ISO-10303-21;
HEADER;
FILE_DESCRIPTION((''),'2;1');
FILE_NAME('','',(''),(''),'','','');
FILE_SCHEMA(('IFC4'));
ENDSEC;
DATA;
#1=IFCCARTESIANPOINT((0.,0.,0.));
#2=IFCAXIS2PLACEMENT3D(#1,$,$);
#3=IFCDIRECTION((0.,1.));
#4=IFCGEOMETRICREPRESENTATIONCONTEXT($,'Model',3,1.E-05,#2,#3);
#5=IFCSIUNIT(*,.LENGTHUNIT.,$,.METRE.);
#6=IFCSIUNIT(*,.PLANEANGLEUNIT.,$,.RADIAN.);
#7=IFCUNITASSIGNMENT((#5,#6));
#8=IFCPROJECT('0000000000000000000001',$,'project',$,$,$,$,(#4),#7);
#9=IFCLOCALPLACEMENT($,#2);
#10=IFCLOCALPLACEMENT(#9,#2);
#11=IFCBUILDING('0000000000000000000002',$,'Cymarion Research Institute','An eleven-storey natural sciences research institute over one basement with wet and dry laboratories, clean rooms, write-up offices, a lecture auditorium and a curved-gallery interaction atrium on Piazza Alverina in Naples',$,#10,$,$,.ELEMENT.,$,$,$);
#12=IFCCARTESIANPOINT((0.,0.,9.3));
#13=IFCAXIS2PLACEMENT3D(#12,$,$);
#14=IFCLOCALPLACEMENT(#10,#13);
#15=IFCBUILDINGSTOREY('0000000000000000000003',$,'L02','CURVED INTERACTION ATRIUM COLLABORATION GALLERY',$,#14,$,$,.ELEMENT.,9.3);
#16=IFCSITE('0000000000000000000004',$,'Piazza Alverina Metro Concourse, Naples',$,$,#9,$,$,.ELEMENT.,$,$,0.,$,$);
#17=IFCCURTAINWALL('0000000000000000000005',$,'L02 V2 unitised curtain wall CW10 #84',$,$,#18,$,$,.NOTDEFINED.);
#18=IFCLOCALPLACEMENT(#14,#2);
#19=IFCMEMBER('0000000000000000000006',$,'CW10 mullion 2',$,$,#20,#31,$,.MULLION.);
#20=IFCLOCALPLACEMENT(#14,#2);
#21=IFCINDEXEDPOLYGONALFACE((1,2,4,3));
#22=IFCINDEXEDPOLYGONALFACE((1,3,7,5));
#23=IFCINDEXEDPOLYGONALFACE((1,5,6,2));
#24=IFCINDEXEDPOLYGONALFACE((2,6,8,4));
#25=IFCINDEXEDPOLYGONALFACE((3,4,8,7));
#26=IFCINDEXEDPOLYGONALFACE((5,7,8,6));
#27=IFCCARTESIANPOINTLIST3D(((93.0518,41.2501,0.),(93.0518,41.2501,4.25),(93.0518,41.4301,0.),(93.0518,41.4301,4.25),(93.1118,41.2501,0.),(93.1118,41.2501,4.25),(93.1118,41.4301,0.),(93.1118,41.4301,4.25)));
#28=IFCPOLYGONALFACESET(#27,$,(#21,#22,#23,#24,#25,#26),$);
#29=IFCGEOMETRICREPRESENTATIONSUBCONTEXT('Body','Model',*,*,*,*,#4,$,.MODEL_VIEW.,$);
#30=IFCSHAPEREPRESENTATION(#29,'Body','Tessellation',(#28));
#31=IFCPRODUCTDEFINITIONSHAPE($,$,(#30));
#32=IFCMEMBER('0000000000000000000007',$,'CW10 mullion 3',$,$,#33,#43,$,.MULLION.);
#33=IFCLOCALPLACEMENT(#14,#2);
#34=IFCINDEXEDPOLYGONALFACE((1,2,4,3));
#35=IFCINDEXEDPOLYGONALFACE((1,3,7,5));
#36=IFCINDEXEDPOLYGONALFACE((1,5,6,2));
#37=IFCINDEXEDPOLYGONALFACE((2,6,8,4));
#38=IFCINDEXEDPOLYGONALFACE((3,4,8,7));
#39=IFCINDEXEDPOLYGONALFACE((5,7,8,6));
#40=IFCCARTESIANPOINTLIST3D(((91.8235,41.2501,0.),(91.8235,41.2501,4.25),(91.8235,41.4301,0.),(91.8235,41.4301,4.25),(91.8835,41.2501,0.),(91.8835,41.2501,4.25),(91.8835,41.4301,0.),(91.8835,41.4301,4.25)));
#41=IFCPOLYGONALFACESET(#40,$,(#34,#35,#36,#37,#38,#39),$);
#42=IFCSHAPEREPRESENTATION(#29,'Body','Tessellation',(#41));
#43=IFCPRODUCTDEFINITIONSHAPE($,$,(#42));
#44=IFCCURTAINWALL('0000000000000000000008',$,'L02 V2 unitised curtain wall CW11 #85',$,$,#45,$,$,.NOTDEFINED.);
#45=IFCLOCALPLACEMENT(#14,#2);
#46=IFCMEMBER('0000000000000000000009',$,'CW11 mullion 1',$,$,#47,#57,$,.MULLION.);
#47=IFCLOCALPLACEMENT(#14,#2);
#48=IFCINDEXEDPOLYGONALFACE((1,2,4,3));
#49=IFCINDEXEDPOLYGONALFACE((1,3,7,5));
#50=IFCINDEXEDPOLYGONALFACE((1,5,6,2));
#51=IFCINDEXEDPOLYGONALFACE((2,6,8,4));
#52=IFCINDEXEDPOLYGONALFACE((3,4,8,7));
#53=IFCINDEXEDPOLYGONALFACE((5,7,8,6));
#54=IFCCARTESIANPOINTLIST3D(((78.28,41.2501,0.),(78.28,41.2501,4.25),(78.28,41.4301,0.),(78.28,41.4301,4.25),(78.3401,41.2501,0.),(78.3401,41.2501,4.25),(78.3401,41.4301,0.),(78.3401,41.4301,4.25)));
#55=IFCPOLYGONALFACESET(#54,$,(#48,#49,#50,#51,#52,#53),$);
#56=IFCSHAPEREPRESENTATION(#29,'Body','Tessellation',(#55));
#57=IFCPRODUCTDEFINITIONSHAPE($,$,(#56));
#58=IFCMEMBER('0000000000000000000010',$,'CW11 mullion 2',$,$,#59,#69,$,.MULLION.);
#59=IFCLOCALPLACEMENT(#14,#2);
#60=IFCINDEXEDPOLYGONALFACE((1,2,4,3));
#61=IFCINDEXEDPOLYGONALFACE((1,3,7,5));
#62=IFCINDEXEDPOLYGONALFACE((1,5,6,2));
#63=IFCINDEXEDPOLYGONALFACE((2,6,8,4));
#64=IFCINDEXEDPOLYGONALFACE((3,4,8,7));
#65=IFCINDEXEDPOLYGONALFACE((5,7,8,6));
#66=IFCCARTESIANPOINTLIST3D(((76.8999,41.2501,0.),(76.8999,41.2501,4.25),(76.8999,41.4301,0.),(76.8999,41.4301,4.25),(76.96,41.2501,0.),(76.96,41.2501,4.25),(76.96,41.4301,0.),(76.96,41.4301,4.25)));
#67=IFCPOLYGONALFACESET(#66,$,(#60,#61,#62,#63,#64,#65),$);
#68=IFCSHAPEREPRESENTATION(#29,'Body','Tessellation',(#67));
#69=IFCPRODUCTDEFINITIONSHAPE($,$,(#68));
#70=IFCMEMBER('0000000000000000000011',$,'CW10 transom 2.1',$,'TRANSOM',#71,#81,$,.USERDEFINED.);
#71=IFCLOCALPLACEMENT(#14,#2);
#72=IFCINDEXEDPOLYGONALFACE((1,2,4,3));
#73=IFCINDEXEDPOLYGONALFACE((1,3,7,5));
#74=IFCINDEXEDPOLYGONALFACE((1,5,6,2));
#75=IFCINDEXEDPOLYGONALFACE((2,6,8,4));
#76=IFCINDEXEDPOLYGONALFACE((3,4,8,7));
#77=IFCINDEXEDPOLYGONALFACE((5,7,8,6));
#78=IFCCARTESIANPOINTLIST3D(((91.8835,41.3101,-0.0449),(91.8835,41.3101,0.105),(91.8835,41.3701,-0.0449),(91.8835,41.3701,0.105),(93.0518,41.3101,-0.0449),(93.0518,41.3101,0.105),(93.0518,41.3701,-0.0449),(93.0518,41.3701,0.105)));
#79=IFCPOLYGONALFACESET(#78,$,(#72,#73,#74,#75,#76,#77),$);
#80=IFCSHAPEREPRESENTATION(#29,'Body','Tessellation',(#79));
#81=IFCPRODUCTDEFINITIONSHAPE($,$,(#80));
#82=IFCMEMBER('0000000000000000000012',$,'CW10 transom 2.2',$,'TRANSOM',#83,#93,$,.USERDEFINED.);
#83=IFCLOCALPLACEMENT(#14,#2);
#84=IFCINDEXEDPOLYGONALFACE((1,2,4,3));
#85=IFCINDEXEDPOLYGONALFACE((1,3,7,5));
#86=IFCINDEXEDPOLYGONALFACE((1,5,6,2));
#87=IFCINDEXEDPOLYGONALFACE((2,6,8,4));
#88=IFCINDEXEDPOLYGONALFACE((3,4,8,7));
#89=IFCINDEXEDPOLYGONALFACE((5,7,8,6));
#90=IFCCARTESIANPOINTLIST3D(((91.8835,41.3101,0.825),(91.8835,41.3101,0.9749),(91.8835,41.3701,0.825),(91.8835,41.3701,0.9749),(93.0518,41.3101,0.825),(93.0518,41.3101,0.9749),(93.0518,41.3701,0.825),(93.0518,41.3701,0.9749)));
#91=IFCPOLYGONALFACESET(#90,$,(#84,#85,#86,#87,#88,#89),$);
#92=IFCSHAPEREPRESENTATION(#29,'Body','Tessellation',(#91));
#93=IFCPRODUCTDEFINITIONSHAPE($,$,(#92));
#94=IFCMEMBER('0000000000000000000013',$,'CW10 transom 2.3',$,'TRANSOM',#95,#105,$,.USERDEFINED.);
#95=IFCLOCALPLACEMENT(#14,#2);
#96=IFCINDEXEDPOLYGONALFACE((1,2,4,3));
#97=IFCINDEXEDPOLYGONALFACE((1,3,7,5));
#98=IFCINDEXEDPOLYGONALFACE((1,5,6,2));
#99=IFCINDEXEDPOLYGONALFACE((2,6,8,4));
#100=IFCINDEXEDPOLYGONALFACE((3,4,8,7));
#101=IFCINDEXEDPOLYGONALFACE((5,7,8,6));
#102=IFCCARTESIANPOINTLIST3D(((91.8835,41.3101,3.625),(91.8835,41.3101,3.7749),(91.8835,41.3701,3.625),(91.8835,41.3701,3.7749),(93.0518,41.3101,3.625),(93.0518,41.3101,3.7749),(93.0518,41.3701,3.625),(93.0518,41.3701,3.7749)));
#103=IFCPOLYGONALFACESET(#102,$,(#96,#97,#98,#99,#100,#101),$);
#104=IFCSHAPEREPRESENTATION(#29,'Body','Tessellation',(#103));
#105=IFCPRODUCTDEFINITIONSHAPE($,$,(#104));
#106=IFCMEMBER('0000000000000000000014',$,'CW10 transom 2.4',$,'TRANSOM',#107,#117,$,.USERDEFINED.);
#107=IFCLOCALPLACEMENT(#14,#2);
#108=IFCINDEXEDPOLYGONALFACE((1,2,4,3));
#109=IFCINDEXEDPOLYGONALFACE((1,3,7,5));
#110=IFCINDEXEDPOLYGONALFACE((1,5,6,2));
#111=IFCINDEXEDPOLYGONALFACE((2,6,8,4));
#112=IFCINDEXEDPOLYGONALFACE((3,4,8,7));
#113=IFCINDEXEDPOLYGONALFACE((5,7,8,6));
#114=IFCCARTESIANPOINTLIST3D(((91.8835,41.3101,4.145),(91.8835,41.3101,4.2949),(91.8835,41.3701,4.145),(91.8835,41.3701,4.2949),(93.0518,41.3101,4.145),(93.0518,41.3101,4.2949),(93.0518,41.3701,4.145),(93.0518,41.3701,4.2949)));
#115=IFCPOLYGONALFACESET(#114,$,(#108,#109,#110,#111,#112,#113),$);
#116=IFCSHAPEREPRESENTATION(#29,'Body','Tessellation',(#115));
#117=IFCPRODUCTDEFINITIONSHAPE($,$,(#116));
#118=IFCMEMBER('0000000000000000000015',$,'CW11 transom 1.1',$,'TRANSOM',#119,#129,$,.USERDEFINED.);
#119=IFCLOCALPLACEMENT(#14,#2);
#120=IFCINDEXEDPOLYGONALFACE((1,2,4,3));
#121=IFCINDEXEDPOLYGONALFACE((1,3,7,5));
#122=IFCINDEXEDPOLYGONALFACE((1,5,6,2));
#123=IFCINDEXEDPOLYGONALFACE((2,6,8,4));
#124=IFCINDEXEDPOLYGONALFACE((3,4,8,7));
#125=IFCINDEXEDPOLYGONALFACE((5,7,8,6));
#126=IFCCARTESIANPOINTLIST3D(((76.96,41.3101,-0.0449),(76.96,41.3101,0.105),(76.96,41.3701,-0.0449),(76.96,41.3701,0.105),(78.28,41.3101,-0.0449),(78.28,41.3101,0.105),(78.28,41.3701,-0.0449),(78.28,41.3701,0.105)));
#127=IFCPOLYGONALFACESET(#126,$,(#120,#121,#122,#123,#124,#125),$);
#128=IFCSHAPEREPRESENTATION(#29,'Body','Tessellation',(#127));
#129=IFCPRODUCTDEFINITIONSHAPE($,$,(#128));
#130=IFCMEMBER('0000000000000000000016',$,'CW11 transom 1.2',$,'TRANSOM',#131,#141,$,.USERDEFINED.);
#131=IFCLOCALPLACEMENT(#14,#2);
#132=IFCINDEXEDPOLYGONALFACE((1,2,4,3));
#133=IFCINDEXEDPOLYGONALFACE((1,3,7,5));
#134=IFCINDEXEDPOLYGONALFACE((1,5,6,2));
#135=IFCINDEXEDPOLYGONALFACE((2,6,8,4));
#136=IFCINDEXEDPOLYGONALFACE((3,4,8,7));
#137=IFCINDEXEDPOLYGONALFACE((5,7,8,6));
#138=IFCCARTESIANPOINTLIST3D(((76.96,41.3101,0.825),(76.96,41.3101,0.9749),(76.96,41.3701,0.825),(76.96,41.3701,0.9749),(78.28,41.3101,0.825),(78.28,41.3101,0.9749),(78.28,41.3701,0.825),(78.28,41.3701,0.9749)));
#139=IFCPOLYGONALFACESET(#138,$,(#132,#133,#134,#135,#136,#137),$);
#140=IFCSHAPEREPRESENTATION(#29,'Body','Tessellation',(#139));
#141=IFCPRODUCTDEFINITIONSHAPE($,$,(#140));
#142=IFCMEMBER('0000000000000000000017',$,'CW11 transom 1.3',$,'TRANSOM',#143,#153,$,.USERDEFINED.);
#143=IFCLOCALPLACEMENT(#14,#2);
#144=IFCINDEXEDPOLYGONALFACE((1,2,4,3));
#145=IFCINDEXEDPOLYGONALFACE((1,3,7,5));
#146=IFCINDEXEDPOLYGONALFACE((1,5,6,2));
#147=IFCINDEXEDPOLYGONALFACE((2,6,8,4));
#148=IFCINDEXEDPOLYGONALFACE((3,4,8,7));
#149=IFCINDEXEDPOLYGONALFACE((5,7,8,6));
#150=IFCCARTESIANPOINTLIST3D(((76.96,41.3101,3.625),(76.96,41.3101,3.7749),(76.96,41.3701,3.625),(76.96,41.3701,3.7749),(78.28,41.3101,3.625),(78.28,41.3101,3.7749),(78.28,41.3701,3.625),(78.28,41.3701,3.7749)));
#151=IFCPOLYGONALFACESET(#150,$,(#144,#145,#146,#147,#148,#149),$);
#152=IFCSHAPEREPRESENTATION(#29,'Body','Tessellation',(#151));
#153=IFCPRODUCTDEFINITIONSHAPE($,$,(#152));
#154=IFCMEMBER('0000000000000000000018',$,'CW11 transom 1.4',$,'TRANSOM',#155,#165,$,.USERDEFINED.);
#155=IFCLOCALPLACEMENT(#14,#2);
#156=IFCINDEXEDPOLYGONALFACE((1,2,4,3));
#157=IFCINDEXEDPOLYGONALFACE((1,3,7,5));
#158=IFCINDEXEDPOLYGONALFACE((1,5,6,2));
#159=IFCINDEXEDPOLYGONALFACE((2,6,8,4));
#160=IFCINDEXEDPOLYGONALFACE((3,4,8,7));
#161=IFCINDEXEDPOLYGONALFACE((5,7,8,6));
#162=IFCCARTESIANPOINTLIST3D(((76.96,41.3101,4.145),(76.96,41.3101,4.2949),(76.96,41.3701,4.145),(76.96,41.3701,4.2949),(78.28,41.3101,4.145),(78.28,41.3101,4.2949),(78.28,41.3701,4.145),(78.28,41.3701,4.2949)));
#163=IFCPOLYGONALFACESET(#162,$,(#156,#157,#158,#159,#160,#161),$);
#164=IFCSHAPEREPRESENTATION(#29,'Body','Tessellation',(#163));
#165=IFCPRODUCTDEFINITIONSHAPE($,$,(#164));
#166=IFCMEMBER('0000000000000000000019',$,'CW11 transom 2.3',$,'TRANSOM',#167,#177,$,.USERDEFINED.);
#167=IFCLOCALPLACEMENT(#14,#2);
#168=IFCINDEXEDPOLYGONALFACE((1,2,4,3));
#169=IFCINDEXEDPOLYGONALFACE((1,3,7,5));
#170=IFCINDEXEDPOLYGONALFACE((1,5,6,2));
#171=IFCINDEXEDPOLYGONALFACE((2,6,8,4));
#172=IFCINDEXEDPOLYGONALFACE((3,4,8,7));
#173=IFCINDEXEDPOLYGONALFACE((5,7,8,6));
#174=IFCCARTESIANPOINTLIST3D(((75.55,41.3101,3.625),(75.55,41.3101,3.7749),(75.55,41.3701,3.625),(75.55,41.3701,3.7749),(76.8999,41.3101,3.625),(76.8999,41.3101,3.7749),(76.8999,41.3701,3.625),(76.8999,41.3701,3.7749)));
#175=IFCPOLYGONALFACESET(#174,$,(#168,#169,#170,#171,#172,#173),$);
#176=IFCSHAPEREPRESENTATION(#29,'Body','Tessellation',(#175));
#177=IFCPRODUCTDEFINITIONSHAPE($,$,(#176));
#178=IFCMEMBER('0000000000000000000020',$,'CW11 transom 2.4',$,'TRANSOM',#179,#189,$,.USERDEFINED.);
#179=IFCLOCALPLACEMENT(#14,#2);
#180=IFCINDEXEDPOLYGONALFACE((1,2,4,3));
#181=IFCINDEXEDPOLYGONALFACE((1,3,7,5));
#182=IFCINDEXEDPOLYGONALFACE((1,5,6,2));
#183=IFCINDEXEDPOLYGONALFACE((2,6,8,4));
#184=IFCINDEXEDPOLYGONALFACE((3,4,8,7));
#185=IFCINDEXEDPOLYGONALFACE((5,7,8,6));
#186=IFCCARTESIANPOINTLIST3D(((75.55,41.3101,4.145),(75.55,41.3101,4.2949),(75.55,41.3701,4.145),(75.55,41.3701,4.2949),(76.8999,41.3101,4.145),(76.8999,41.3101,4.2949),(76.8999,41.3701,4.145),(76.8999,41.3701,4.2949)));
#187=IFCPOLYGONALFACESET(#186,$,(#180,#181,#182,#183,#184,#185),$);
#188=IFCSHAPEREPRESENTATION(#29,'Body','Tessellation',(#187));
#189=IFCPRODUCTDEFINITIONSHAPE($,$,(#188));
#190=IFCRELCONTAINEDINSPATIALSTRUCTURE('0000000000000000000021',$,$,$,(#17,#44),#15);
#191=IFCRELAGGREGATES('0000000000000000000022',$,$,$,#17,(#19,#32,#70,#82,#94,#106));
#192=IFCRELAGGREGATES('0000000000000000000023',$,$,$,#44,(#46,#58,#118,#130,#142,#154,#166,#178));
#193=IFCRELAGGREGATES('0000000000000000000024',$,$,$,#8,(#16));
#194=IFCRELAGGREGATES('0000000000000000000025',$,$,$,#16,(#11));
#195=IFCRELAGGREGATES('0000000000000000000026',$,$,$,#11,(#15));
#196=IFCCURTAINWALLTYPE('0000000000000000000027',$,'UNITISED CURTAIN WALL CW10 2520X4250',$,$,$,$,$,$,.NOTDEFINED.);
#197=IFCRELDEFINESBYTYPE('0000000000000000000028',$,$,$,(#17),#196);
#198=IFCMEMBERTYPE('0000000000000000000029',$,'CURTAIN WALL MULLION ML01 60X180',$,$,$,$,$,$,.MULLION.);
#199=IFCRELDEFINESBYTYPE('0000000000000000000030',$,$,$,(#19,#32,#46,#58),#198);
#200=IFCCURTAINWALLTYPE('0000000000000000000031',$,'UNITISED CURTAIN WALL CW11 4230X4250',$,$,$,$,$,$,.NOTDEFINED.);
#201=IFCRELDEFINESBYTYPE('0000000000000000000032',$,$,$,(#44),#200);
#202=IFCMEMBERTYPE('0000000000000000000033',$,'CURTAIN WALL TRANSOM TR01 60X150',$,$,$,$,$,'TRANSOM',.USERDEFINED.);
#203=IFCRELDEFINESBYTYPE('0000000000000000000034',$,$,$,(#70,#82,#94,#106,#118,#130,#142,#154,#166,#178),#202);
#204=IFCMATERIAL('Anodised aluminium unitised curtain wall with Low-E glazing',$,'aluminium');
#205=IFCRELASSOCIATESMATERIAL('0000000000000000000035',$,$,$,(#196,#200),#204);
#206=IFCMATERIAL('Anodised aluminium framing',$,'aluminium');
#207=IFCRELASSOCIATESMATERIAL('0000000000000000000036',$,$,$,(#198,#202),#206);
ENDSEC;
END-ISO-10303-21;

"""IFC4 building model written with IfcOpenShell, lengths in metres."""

from ifc_helpers import new_model, si_unit, direction, frame, origin, origin_2d, place, context, subcontext, project, spatial, rectangle, extrude, material, material_profile, profile_set, type_object, element, aggregate, save


model = new_model("IFC4")

# Units and contexts
model_context = context("Model", 3, precision=1e-05, world=origin(), true_north=direction((0.0, 1.0)))
body_context = subcontext(model_context, "Body", "Model", "MODEL_VIEW")
ifc_project = project(units=[si_unit("LENGTHUNIT", "METRE"), si_unit("PLANEANGLEUNIT", "RADIAN")], contexts=[model_context])

# Site, building, storey
site_placement = place(None, origin())
site = spatial("IfcSite", under=ifc_project, at=site_placement, Name="Piazza Alverina Metro Concourse, Naples", CompositionType="ELEMENT", RefElevation=0.0)
building_placement = place(site_placement, origin())
building = spatial("IfcBuilding", under=site, at=building_placement, Name="Cymarion Research Institute", Description="An eleven-storey natural sciences research institute over one basement with wet and dry laboratories, clean rooms, write-up offices, a lecture auditorium and a curved-gallery interaction atrium on Piazza Alverina in Naples", CompositionType="ELEMENT")
storey_placement = place(building_placement, frame((0.0, 0.0, 9.3)))
storey = spatial("IfcBuildingStorey", under=building, at=storey_placement, Name="L02", Description="CURVED INTERACTION ATRIUM COLLABORATION GALLERY", CompositionType="ELEMENT", Elevation=9.3)

# Curtain walls, members
ifc_material_1 = material(Name="Anodised aluminium unitised curtain wall with Low-E glazing", Category="aluminium")
curtain_wall_type_1 = type_object("IfcCurtainWallType", Name="UNITISED CURTAIN WALL CW10 2520X4250", PredefinedType="NOTDEFINED", material=ifc_material_1)
curtain_wall_1_placement = place(storey_placement, origin())
curtain_wall_1 = element("IfcCurtainWall", 1, at=curtain_wall_1_placement, inside=storey, type_object=curtain_wall_type_1, Name="L02 V2 unitised curtain wall CW10 #84", PredefinedType="NOTDEFINED")
ifc_material_2 = material(Name="Anodised aluminium framing", Category="aluminium")
ifc_material_profile_1 = material_profile(ifc_material_2, rectangle(XDim=0.0601, YDim=0.1799, at=origin_2d()), Name="ALU MULLION 60x180")
ifc_profile_set_1 = profile_set([ifc_material_profile_1], Name="Anodised aluminium framing")
member_type_1 = type_object("IfcMemberType", Name="CURTAIN WALL MULLION ML01 60X180", PredefinedType="MULLION", material=ifc_profile_set_1)
member_1_placement = place(storey_placement, frame((93.0818, 41.3401, 0.0), z_axis=(0.0, 0.0, 1.0), x_axis=(-1.0, 0.0, 0.0)))
member_1 = element("IfcMember", 2, at=member_1_placement, type_object=member_type_1, Name="CW10 mullion 2", PredefinedType="MULLION", context=body_context, shape_type="SweptSolid", body=[
    extrude(rectangle(XDim=0.0601, YDim=0.1799, at=origin_2d()), origin(), (0.0, 0.0, 1.0), 4.25),
])
member_2_placement = place(storey_placement, frame((91.8535, 41.3401, 0.0), z_axis=(0.0, 0.0, 1.0), x_axis=(-1.0, 0.0, 0.0)))
member_2 = element("IfcMember", 3, at=member_2_placement, type_object=member_type_1, Name="CW10 mullion 3", PredefinedType="MULLION", context=body_context, shape_type="SweptSolid", body=[
    extrude(rectangle(XDim=0.0601, YDim=0.1799, at=origin_2d()), origin(), (0.0, 0.0, 1.0), 4.25),
])
curtain_wall_type_2 = type_object("IfcCurtainWallType", Name="UNITISED CURTAIN WALL CW11 4230X4250", PredefinedType="NOTDEFINED", material=ifc_material_1)
curtain_wall_2_placement = place(storey_placement, origin())
curtain_wall_2 = element("IfcCurtainWall", 4, at=curtain_wall_2_placement, inside=storey, type_object=curtain_wall_type_2, Name="L02 V2 unitised curtain wall CW11 #85", PredefinedType="NOTDEFINED")
member_3_placement = place(storey_placement, frame((78.3101, 41.3401, 0.0), z_axis=(0.0, 0.0, 1.0), x_axis=(-1.0, 0.0, 0.0)))
member_3 = element("IfcMember", 5, at=member_3_placement, type_object=member_type_1, Name="CW11 mullion 1", PredefinedType="MULLION", context=body_context, shape_type="SweptSolid", body=[
    extrude(rectangle(XDim=0.0601, YDim=0.1799, at=origin_2d()), origin(), (0.0, 0.0, 1.0), 4.25),
])
member_4_placement = place(storey_placement, frame((76.9299, 41.3401, 0.0), z_axis=(0.0, 0.0, 1.0), x_axis=(-1.0, 0.0, 0.0)))
member_4 = element("IfcMember", 6, at=member_4_placement, type_object=member_type_1, Name="CW11 mullion 2", PredefinedType="MULLION", context=body_context, shape_type="SweptSolid", body=[
    extrude(rectangle(XDim=0.0601, YDim=0.1799, at=origin_2d()), origin(), (0.0, 0.0, 1.0), 4.25),
])

# Members
ifc_material_profile_2 = material_profile(ifc_material_2, rectangle(XDim=0.0601, YDim=0.1499, at=origin_2d()), Name="ALU TRANSOM 60x150")
ifc_profile_set_2 = profile_set([ifc_material_profile_2], Name="Anodised aluminium framing")
member_type_2 = type_object("IfcMemberType", Name="CURTAIN WALL TRANSOM TR01 60X150", ElementType="TRANSOM", PredefinedType="USERDEFINED", material=ifc_profile_set_2)
member_5_placement = place(storey_placement, frame((93.0518, 41.3401, 0.03), z_axis=(-1.0, 0.0, 0.0), x_axis=(0.0, -1.0, 0.0)))
member_5 = element("IfcMember", 7, at=member_5_placement, type_object=member_type_2, Name="CW10 transom 2.1", ObjectType="TRANSOM", PredefinedType="USERDEFINED", context=body_context, shape_type="SweptSolid", body=[
    extrude(rectangle(XDim=0.0601, YDim=0.1499, at=origin_2d()), origin(), (0.0, 0.0, 1.0), 1.1682),
])
member_6_placement = place(storey_placement, frame((93.0518, 41.3401, 0.8999), z_axis=(-1.0, 0.0, 0.0), x_axis=(0.0, -1.0, 0.0)))
member_6 = element("IfcMember", 8, at=member_6_placement, type_object=member_type_2, Name="CW10 transom 2.2", ObjectType="TRANSOM", PredefinedType="USERDEFINED", context=body_context, shape_type="SweptSolid", body=[
    extrude(rectangle(XDim=0.0601, YDim=0.1499, at=origin_2d()), origin(), (0.0, 0.0, 1.0), 1.1682),
])
member_7_placement = place(storey_placement, frame((93.0518, 41.3401, 3.7), z_axis=(-1.0, 0.0, 0.0), x_axis=(0.0, -1.0, 0.0)))
member_7 = element("IfcMember", 9, at=member_7_placement, type_object=member_type_2, Name="CW10 transom 2.3", ObjectType="TRANSOM", PredefinedType="USERDEFINED", context=body_context, shape_type="SweptSolid", body=[
    extrude(rectangle(XDim=0.0601, YDim=0.1499, at=origin_2d()), origin(), (0.0, 0.0, 1.0), 1.1682),
])
member_8_placement = place(storey_placement, frame((93.0518, 41.3401, 4.22), z_axis=(-1.0, 0.0, 0.0), x_axis=(0.0, -1.0, 0.0)))
member_8 = element("IfcMember", 10, at=member_8_placement, type_object=member_type_2, Name="CW10 transom 2.4", ObjectType="TRANSOM", PredefinedType="USERDEFINED", context=body_context, shape_type="SweptSolid", body=[
    extrude(rectangle(XDim=0.0601, YDim=0.1499, at=origin_2d()), origin(), (0.0, 0.0, 1.0), 1.1682),
])
member_9_placement = place(storey_placement, frame((78.28, 41.3401, 0.03), z_axis=(-1.0, 0.0, 0.0), x_axis=(0.0, -1.0, 0.0)))
member_9 = element("IfcMember", 11, at=member_9_placement, type_object=member_type_2, Name="CW11 transom 1.1", ObjectType="TRANSOM", PredefinedType="USERDEFINED", context=body_context, shape_type="SweptSolid", body=[
    extrude(rectangle(XDim=0.0601, YDim=0.1499, at=origin_2d()), origin(), (0.0, 0.0, 1.0), 1.3201),
])
member_10_placement = place(storey_placement, frame((78.28, 41.3401, 0.8999), z_axis=(-1.0, 0.0, 0.0), x_axis=(0.0, -1.0, 0.0)))
member_10 = element("IfcMember", 12, at=member_10_placement, type_object=member_type_2, Name="CW11 transom 1.2", ObjectType="TRANSOM", PredefinedType="USERDEFINED", context=body_context, shape_type="SweptSolid", body=[
    extrude(rectangle(XDim=0.0601, YDim=0.1499, at=origin_2d()), origin(), (0.0, 0.0, 1.0), 1.3201),
])
member_11_placement = place(storey_placement, frame((78.28, 41.3401, 3.7), z_axis=(-1.0, 0.0, 0.0), x_axis=(0.0, -1.0, 0.0)))
member_11 = element("IfcMember", 13, at=member_11_placement, type_object=member_type_2, Name="CW11 transom 1.3", ObjectType="TRANSOM", PredefinedType="USERDEFINED", context=body_context, shape_type="SweptSolid", body=[
    extrude(rectangle(XDim=0.0601, YDim=0.1499, at=origin_2d()), origin(), (0.0, 0.0, 1.0), 1.3201),
])
member_12_placement = place(storey_placement, frame((78.28, 41.3401, 4.22), z_axis=(-1.0, 0.0, 0.0), x_axis=(0.0, -1.0, 0.0)))
member_12 = element("IfcMember", 14, at=member_12_placement, type_object=member_type_2, Name="CW11 transom 1.4", ObjectType="TRANSOM", PredefinedType="USERDEFINED", context=body_context, shape_type="SweptSolid", body=[
    extrude(rectangle(XDim=0.0601, YDim=0.1499, at=origin_2d()), origin(), (0.0, 0.0, 1.0), 1.3201),
])
member_13_placement = place(storey_placement, frame((76.8999, 41.3401, 3.7), z_axis=(-1.0, 0.0, 0.0), x_axis=(0.0, -1.0, 0.0)))
member_13 = element("IfcMember", 15, at=member_13_placement, type_object=member_type_2, Name="CW11 transom 2.3", ObjectType="TRANSOM", PredefinedType="USERDEFINED", context=body_context, shape_type="SweptSolid", body=[
    extrude(rectangle(XDim=0.0601, YDim=0.1499, at=origin_2d()), origin(), (0.0, 0.0, 1.0), 1.3499),
])
member_14_placement = place(storey_placement, frame((76.8999, 41.3401, 4.22), z_axis=(-1.0, 0.0, 0.0), x_axis=(0.0, -1.0, 0.0)))
member_14 = element("IfcMember", 16, at=member_14_placement, type_object=member_type_2, Name="CW11 transom 2.4", ObjectType="TRANSOM", PredefinedType="USERDEFINED", context=body_context, shape_type="SweptSolid", body=[
    extrude(rectangle(XDim=0.0601, YDim=0.1499, at=origin_2d()), origin(), (0.0, 0.0, 1.0), 1.3499),
])

aggregate(curtain_wall_1, [member_1, member_2, member_5, member_6, member_7, member_8])
aggregate(curtain_wall_2, [member_3, member_4, member_9, member_10, member_11, member_12, member_13, member_14])

save(model, "model.ifc")
